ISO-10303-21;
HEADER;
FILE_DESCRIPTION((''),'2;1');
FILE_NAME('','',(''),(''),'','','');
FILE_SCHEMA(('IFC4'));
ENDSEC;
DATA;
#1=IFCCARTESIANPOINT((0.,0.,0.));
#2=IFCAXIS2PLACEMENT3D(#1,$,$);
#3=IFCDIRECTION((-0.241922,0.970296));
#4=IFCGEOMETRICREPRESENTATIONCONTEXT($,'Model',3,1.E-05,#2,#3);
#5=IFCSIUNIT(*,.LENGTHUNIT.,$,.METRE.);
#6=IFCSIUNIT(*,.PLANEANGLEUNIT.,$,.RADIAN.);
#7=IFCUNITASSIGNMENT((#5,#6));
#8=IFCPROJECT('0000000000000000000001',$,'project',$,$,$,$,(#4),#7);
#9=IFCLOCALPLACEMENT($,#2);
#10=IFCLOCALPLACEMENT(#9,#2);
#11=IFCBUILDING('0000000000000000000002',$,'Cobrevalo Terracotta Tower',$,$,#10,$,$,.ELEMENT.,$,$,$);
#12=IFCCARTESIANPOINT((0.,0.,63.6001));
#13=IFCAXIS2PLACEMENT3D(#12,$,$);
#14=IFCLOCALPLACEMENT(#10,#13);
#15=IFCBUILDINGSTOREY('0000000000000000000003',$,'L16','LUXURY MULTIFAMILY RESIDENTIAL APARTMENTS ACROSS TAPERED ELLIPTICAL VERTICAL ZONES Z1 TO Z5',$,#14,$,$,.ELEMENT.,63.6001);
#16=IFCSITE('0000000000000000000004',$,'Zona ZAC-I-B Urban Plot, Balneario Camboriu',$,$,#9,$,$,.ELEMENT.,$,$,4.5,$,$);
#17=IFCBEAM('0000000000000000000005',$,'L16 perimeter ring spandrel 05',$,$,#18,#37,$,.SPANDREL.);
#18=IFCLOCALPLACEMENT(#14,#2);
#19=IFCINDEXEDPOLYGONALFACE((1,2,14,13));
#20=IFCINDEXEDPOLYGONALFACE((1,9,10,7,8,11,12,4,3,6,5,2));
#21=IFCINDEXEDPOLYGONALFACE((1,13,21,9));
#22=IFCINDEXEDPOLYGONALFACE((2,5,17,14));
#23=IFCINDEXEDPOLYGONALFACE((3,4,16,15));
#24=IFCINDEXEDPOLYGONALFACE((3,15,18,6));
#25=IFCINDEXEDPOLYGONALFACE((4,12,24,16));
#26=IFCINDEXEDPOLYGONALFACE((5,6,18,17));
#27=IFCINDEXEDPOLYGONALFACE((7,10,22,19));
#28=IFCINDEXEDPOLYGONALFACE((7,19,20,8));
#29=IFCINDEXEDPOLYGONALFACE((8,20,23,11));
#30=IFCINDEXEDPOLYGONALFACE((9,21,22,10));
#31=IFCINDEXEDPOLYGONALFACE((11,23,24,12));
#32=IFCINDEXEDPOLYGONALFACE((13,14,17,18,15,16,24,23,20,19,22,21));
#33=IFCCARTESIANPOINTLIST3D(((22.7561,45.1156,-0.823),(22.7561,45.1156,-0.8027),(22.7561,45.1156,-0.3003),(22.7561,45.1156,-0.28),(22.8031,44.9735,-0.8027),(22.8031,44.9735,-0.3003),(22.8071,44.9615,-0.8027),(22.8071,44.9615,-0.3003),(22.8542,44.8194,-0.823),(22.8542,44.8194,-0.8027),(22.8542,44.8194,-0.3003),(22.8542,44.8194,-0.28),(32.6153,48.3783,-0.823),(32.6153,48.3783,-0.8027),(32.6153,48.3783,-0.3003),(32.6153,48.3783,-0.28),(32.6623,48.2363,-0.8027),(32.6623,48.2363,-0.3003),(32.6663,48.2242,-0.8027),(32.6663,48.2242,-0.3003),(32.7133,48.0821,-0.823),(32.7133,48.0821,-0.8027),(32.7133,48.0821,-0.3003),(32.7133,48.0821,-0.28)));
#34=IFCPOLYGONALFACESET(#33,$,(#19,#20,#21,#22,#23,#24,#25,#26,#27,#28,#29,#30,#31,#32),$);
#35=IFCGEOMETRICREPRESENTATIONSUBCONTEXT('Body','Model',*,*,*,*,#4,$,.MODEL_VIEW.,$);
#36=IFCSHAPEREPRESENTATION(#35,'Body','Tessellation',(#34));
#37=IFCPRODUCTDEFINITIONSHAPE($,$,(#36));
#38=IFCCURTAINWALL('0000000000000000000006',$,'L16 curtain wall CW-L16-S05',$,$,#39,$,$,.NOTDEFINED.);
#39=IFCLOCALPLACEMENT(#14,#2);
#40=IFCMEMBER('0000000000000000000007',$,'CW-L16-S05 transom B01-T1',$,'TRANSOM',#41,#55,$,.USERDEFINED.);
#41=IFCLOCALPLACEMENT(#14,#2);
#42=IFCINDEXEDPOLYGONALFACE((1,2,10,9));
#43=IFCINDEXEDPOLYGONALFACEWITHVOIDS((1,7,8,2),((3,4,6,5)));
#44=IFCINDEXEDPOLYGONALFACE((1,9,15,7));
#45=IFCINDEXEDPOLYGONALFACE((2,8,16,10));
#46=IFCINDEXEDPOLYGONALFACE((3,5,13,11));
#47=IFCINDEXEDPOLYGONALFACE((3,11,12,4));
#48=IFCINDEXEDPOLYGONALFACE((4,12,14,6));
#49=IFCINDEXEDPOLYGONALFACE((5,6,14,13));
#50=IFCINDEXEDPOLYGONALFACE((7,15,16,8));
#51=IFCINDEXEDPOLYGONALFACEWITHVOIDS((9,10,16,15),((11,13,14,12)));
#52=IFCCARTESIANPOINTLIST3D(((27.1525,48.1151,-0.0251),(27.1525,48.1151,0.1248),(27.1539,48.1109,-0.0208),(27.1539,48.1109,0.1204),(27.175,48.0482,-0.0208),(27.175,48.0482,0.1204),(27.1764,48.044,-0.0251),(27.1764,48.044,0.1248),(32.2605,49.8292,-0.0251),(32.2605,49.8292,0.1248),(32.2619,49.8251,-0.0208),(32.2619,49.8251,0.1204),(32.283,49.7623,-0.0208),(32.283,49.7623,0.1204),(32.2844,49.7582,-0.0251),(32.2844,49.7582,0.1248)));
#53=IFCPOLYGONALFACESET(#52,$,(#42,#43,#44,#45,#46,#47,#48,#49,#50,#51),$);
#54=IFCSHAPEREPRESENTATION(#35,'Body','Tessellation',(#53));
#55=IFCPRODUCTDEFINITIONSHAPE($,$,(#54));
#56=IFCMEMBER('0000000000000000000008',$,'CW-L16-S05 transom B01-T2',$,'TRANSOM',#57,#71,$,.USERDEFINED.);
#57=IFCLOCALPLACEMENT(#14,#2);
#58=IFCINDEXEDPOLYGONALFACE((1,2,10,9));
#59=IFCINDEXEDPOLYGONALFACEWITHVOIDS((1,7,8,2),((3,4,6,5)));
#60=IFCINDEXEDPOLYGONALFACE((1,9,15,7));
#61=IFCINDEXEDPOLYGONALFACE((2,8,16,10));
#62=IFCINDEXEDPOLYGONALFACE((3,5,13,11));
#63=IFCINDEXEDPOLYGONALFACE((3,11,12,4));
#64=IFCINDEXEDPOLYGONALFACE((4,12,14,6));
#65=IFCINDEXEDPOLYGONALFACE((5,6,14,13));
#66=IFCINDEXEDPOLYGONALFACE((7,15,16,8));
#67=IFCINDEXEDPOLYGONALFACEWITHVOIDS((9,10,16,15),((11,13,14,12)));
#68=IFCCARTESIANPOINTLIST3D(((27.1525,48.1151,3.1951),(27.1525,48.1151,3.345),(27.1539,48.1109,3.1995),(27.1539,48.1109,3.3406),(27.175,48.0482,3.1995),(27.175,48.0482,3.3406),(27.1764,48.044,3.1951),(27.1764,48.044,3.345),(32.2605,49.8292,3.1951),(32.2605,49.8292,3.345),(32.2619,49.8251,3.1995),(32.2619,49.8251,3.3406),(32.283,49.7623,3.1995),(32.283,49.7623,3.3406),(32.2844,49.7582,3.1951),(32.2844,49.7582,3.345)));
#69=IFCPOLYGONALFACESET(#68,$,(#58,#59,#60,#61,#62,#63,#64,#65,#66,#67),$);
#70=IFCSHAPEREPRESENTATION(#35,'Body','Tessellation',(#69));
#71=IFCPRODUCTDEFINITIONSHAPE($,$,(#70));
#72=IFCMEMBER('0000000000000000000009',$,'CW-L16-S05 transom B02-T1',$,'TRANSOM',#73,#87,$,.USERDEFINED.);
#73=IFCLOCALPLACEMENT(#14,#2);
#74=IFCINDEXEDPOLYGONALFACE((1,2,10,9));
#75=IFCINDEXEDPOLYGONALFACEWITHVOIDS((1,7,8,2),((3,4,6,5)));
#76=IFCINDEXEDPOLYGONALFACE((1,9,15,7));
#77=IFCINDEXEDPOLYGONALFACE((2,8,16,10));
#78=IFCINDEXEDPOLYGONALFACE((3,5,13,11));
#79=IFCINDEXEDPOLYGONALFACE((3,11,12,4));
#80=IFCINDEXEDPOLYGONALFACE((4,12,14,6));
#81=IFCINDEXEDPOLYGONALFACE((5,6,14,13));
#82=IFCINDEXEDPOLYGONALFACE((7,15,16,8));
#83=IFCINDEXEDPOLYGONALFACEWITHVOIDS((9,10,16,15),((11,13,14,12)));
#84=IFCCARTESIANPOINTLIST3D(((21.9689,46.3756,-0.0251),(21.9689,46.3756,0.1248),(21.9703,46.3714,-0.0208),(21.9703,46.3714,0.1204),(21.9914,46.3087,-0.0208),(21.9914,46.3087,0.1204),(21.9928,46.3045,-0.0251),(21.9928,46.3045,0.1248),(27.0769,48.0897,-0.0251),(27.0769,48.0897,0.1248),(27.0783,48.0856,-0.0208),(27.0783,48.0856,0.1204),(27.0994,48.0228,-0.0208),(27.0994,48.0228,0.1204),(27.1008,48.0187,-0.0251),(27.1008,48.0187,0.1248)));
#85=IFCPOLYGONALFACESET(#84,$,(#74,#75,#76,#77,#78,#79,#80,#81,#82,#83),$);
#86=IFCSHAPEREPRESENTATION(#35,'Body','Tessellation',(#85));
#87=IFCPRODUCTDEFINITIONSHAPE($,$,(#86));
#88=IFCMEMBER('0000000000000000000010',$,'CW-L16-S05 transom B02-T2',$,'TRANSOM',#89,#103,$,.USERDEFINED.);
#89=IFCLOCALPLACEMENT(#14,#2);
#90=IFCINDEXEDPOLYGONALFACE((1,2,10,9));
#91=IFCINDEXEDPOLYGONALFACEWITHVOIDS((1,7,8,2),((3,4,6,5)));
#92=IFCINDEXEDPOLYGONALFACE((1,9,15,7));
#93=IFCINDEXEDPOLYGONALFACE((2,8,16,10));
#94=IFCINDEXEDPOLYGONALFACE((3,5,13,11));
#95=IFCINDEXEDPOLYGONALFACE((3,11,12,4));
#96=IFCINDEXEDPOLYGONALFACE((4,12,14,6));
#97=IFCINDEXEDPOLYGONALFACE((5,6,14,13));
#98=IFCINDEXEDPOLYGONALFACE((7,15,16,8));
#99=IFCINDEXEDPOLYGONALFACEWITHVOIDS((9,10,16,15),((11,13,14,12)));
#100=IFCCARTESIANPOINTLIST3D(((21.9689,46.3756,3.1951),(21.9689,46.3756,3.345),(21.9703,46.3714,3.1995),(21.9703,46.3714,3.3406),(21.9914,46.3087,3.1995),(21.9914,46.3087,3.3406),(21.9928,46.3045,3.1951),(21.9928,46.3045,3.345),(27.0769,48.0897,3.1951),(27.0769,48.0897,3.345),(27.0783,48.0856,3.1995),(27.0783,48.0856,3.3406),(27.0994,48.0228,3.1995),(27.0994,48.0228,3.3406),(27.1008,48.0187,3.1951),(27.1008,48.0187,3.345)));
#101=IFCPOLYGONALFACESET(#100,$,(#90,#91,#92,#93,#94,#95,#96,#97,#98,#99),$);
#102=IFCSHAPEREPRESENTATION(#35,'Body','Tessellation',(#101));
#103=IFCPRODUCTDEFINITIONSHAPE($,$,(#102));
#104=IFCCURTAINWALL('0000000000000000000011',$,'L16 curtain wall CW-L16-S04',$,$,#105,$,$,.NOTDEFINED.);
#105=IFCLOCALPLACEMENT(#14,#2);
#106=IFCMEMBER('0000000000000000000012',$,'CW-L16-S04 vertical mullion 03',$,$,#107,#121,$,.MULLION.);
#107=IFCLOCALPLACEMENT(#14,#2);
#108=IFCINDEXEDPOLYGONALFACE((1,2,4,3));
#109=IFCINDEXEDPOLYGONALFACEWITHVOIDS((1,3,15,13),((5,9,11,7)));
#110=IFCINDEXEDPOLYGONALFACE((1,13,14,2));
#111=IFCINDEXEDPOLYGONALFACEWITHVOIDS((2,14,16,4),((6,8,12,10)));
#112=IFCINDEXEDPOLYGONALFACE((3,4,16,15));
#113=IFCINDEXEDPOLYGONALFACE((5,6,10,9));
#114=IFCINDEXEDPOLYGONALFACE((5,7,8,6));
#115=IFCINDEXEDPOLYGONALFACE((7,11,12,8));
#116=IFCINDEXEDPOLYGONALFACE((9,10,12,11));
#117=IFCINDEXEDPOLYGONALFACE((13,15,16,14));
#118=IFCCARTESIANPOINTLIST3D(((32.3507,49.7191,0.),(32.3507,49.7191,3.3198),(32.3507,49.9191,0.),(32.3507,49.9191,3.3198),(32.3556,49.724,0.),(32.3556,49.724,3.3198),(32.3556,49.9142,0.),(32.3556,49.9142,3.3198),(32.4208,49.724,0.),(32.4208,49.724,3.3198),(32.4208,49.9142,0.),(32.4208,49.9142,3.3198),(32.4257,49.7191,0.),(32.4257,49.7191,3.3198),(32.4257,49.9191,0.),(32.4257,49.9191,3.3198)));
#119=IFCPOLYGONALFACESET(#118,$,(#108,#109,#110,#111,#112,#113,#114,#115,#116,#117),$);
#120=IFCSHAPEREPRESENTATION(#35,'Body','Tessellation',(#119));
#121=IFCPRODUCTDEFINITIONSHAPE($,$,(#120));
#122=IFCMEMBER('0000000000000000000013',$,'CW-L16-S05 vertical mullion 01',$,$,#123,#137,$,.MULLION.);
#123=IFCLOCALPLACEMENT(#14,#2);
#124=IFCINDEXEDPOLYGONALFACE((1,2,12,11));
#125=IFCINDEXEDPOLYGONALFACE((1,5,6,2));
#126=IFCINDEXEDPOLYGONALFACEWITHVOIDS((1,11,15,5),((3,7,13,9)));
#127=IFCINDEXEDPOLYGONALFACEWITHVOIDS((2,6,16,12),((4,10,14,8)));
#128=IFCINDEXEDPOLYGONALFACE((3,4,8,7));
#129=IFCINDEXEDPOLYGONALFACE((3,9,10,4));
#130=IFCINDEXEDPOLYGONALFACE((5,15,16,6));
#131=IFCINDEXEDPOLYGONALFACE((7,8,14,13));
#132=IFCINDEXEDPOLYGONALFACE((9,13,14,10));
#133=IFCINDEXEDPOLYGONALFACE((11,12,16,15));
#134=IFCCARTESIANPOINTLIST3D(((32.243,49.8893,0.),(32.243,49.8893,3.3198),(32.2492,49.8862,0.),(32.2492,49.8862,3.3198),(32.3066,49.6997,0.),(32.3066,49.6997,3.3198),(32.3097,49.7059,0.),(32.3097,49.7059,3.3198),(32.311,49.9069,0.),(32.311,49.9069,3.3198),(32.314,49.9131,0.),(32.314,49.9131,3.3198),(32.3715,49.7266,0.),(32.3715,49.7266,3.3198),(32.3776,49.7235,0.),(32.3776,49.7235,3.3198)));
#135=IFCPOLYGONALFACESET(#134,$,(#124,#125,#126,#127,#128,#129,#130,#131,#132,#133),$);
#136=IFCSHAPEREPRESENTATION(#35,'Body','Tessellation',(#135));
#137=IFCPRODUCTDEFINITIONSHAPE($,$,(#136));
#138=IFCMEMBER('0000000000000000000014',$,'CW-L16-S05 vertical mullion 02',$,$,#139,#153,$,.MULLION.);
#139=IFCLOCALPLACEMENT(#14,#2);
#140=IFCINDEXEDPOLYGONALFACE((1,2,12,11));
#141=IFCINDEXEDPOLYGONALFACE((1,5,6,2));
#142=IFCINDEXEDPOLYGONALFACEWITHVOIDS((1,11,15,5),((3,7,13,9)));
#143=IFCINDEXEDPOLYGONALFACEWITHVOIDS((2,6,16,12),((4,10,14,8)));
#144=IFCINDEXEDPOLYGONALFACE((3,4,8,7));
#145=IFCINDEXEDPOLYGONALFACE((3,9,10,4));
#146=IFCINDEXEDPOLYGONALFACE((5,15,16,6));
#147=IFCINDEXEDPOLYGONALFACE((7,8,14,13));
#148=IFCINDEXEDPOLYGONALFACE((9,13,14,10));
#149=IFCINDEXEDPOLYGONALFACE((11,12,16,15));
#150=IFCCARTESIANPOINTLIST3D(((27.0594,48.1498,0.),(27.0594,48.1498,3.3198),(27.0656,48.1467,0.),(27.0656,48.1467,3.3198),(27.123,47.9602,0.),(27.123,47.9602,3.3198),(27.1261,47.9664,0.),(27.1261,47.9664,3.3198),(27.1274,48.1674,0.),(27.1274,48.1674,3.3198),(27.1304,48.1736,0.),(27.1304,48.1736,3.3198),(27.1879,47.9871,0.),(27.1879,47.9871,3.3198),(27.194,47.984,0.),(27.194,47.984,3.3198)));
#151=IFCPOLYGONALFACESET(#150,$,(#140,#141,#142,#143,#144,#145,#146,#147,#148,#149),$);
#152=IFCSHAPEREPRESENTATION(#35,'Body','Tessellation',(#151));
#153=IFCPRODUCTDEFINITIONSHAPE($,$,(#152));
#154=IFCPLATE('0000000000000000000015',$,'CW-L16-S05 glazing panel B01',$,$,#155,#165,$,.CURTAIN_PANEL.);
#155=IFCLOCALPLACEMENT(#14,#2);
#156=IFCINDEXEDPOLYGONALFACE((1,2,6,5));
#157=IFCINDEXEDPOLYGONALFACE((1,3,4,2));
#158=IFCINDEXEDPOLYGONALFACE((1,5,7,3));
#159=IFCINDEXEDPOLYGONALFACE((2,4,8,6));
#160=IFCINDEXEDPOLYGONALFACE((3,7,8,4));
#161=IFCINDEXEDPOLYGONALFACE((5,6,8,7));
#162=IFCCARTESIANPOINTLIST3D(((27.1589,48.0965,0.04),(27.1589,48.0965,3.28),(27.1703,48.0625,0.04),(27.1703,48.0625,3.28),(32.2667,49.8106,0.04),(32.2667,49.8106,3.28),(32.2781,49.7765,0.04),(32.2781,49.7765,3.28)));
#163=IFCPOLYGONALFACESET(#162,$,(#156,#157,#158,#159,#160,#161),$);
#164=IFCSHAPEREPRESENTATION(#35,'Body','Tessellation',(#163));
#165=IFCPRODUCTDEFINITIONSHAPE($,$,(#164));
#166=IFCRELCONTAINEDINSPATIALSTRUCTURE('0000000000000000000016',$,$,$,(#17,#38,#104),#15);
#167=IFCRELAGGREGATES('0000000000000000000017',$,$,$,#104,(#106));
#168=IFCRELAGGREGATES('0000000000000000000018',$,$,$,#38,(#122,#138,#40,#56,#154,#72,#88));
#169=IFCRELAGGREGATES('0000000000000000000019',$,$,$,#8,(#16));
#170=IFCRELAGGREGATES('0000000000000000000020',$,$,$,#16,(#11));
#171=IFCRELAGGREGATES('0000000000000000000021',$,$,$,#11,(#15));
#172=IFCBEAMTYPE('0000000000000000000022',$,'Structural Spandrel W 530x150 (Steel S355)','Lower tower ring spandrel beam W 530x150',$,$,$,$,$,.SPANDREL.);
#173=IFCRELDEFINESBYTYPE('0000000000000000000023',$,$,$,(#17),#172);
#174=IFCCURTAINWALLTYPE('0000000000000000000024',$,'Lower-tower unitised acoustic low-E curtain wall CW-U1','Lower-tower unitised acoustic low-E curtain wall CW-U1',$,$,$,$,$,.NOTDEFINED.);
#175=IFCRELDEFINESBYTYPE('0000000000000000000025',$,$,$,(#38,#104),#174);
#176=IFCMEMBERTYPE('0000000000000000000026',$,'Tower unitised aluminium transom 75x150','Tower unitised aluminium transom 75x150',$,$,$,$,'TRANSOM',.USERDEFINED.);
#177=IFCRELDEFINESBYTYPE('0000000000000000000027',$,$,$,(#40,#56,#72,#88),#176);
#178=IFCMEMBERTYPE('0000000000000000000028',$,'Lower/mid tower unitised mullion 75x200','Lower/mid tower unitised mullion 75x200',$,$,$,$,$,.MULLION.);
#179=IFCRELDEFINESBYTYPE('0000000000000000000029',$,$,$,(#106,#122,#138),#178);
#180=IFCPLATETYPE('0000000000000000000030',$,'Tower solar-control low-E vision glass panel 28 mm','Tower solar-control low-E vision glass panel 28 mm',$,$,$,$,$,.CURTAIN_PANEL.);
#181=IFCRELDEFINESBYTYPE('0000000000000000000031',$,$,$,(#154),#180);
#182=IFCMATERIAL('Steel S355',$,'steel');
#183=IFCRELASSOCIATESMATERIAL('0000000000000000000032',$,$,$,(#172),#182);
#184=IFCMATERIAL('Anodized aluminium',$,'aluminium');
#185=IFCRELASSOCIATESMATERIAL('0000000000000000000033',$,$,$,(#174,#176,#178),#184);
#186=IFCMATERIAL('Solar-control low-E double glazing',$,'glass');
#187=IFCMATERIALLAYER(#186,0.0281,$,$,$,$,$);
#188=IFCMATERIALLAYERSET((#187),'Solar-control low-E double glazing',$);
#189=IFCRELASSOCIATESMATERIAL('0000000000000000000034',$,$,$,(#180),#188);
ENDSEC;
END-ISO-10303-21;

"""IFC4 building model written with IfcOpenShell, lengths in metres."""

from ifc_helpers import new_model, si_unit, direction, frame, origin, origin_2d, place, context, subcontext, project, spatial, rectangle, hollow_rectangle, i_section, extrude, source, transform, mapped, material, layer, layer_set, material_profile, profile_set, type_object, element, aggregate, save


model = new_model("IFC4")

# Units and contexts
model_context = context("Model", 3, precision=1e-05, world=origin(), true_north=direction((-0.241922, 0.970296)))
body_context = subcontext(model_context, "Body", "Model", "MODEL_VIEW")
ifc_project = project(units=[si_unit("LENGTHUNIT", "METRE"), si_unit("PLANEANGLEUNIT", "RADIAN")], contexts=[model_context])

# Site, building, storey
site_placement = place(None, origin())
site = spatial("IfcSite", under=ifc_project, at=site_placement, Name="Zona ZAC-I-B Urban Plot, Balneario Camboriu", CompositionType="ELEMENT", RefElevation=4.5)
building_placement = place(site_placement, origin())
building = spatial("IfcBuilding", under=site, at=building_placement, Name="Cobrevalo Terracotta Tower", CompositionType="ELEMENT")
storey_placement = place(building_placement, frame((0.0, 0.0, 63.6001)))
storey = spatial("IfcBuildingStorey", under=building, at=storey_placement, Name="L16", Description="LUXURY MULTIFAMILY RESIDENTIAL APARTMENTS ACROSS TAPERED ELLIPTICAL VERTICAL ZONES Z1 TO Z5", CompositionType="ELEMENT", Elevation=63.6001)

# Shared definitions
ifc_material_1 = material(Name="Steel S355", Category="steel")

# Beam
ifc_material_profile_1 = material_profile(ifc_material_1, i_section(OverallWidth=0.312, OverallDepth=0.543, WebThickness=0.0127, FlangeThickness=0.0203, at=origin_2d()), Name="W 530x150")
ifc_profile_set_1 = profile_set([ifc_material_profile_1], Name="Steel S355")
beam_type_1 = type_object("IfcBeamType", Name="Structural Spandrel W 530x150 (Steel S355)", Description="Lower tower ring spandrel beam W 530x150", PredefinedType="SPANDREL", material=ifc_profile_set_1)
beam_1_placement = place(storey_placement, frame((32.6643, 48.2302, -0.5515), z_axis=(-0.949365, -0.314175, 0.0), x_axis=(0.314175, -0.949365, 0.0)))
element("IfcBeam", 1, at=beam_1_placement, inside=storey, type_object=beam_type_1, Name="L16 perimeter ring spandrel 05", PredefinedType="SPANDREL", context=body_context, shape_type="SweptSolid", body=[
    extrude(i_section(OverallWidth=0.312, OverallDepth=0.543, WebThickness=0.0127, FlangeThickness=0.0203, at=origin_2d()), origin(), (0.0, 0.0, 1.0), 10.385),
])

# Curtain wall, members
ifc_material_2 = material(Name="Anodized aluminium", Category="aluminium")
curtain_wall_type = type_object("IfcCurtainWallType", Name="Lower-tower unitised acoustic low-E curtain wall CW-U1", Description="Lower-tower unitised acoustic low-E curtain wall CW-U1", PredefinedType="NOTDEFINED", material=ifc_material_2)
curtain_wall_1_placement = place(storey_placement, origin())
curtain_wall_1 = element("IfcCurtainWall", 2, at=curtain_wall_1_placement, inside=storey, type_object=curtain_wall_type, Name="L16 curtain wall CW-L16-S05", PredefinedType="NOTDEFINED")
ifc_material_profile_2 = material_profile(ifc_material_2, hollow_rectangle(XDim=0.075, YDim=0.1499, WallThickness=0.0044, at=origin_2d()), Name="CWT 75x150")
ifc_profile_set_2 = profile_set([ifc_material_profile_2], Name="Anodized aluminium")
member_type_1 = type_object("IfcMemberType", Name="Tower unitised aluminium transom 75x150", Description="Tower unitised aluminium transom 75x150", ElementType="TRANSOM", PredefinedType="USERDEFINED", material=ifc_profile_set_2)
shared_shape_1 = source(origin(), body_context, "Body", "SweptSolid", [
    extrude(hollow_rectangle(XDim=0.075, YDim=0.1499, WallThickness=0.0044, at=origin_2d()), origin(), (0.0, 0.0, 1.0), 5.3879),
])
member_1_placement = place(storey_placement, frame((32.2725, 49.7937, 0.0498), z_axis=(-0.948042, -0.318144, 0.0), x_axis=(0.318144, -0.948042, 0.0)))
member_1 = element("IfcMember", 3, at=member_1_placement, type_object=member_type_1, Name="CW-L16-S05 transom B01-T1", ObjectType="TRANSOM", PredefinedType="USERDEFINED", context=body_context, shape_type="MappedRepresentation", body=[
    mapped(shared_shape_1, transform((0.0, 0.0, 0.0), scale=1.0)),
])
member_2_placement = place(storey_placement, frame((32.2725, 49.7937, 3.27), z_axis=(-0.948042, -0.318144, 0.0), x_axis=(0.318144, -0.948042, 0.0)))
member_2 = element("IfcMember", 4, at=member_2_placement, type_object=member_type_1, Name="CW-L16-S05 transom B01-T2", ObjectType="TRANSOM", PredefinedType="USERDEFINED", context=body_context, shape_type="MappedRepresentation", body=[
    mapped(shared_shape_1, transform((0.0, 0.0, 0.0), scale=1.0)),
])
member_3_placement = place(storey_placement, frame((27.0889, 48.0542, 0.0498), z_axis=(-0.948042, -0.318144, 0.0), x_axis=(0.318144, -0.948042, 0.0)))
member_3 = element("IfcMember", 5, at=member_3_placement, type_object=member_type_1, Name="CW-L16-S05 transom B02-T1", ObjectType="TRANSOM", PredefinedType="USERDEFINED", context=body_context, shape_type="MappedRepresentation", body=[
    mapped(shared_shape_1, transform((0.0, 0.0, 0.0), scale=1.0)),
])
member_4_placement = place(storey_placement, frame((27.0889, 48.0542, 3.27), z_axis=(-0.948042, -0.318144, 0.0), x_axis=(0.318144, -0.948042, 0.0)))
member_4 = element("IfcMember", 6, at=member_4_placement, type_object=member_type_1, Name="CW-L16-S05 transom B02-T2", ObjectType="TRANSOM", PredefinedType="USERDEFINED", context=body_context, shape_type="MappedRepresentation", body=[
    mapped(shared_shape_1, transform((0.0, 0.0, 0.0), scale=1.0)),
])

# Curtain wall, member
curtain_wall_2_placement = place(storey_placement, origin())
curtain_wall_2 = element("IfcCurtainWall", 7, at=curtain_wall_2_placement, inside=storey, type_object=curtain_wall_type, Name="L16 curtain wall CW-L16-S04", PredefinedType="NOTDEFINED")
ifc_material_profile_3 = material_profile(ifc_material_2, hollow_rectangle(XDim=0.075, YDim=0.2, WallThickness=0.0049, at=origin_2d()), Name="CWM 75x200")
ifc_profile_set_3 = profile_set([ifc_material_profile_3], Name="Anodized aluminium")
member_type_2 = type_object("IfcMemberType", Name="Lower/mid tower unitised mullion 75x200", Description="Lower/mid tower unitised mullion 75x200", PredefinedType="MULLION", material=ifc_profile_set_3)
shared_shape_2 = source(origin(), body_context, "Body", "SweptSolid", [
    extrude(hollow_rectangle(XDim=0.075, YDim=0.2, WallThickness=0.0049, at=origin_2d()), origin(), (0.0, 0.0, 1.0), 3.3198),
])
member_5_placement = place(storey_placement, frame((32.3882, 49.8191, 0.0), z_axis=(0.0, 0.0, 1.0), x_axis=(-1.0, 0.0, 0.0)))
member_5 = element("IfcMember", 8, at=member_5_placement, type_object=member_type_2, Name="CW-L16-S04 vertical mullion 03", PredefinedType="MULLION", context=body_context, shape_type="MappedRepresentation", body=[
    mapped(shared_shape_2, transform((0.0, 0.0, 0.0), scale=1.0)),
])
aggregate(curtain_wall_2, [member_5])

# Members
member_6_placement = place(storey_placement, frame((32.3103, 49.8064, 0.0), z_axis=(0.0, 0.0, 1.0), x_axis=(-0.948046, -0.318132, 0.0)))
member_6 = element("IfcMember", 9, at=member_6_placement, type_object=member_type_2, Name="CW-L16-S05 vertical mullion 01", PredefinedType="MULLION", context=body_context, shape_type="MappedRepresentation", body=[
    mapped(shared_shape_2, transform((0.0, 0.0, 0.0), scale=1.0)),
])
member_7_placement = place(storey_placement, frame((27.1267, 48.0669, 0.0), z_axis=(0.0, 0.0, 1.0), x_axis=(-0.948046, -0.318132, 0.0)))
member_7 = element("IfcMember", 10, at=member_7_placement, type_object=member_type_2, Name="CW-L16-S05 vertical mullion 02", PredefinedType="MULLION", context=body_context, shape_type="MappedRepresentation", body=[
    mapped(shared_shape_2, transform((0.0, 0.0, 0.0), scale=1.0)),
])

# Plate
ifc_material_3 = material(Name="Solar-control low-E double glazing", Category="glass")
ifc_layer_1 = layer(ifc_material_3, 0.0281)
ifc_layer_set_1 = layer_set([ifc_layer_1], Name="Solar-control low-E double glazing")
plate_type = type_object("IfcPlateType", Name="Tower solar-control low-E vision glass panel 28 mm", Description="Tower solar-control low-E vision glass panel 28 mm", PredefinedType="CURTAIN_PANEL", material=ifc_layer_set_1)
shared_shape_3 = source(origin(), body_context, "Body", "SweptSolid", [
    extrude(rectangle(XDim=5.3877, YDim=0.0359, at=origin_2d()), origin(), (0.0, 0.0, 1.0), 3.24),
])
plate_placement = place(storey_placement, frame((29.7185, 48.9365, 0.04), z_axis=(0.0, 0.0, 1.0), x_axis=(-0.948044, -0.318139, 0.0)))
plate = element("IfcPlate", 11, at=plate_placement, type_object=plate_type, Name="CW-L16-S05 glazing panel B01", PredefinedType="CURTAIN_PANEL", context=body_context, shape_type="MappedRepresentation", body=[
    mapped(shared_shape_3, transform((0.0, 0.0, 0.0), scale=1.0)),
])
aggregate(curtain_wall_1, [member_6, member_7, member_1, member_2, plate, member_3, member_4])

save(model, "model.ifc")
